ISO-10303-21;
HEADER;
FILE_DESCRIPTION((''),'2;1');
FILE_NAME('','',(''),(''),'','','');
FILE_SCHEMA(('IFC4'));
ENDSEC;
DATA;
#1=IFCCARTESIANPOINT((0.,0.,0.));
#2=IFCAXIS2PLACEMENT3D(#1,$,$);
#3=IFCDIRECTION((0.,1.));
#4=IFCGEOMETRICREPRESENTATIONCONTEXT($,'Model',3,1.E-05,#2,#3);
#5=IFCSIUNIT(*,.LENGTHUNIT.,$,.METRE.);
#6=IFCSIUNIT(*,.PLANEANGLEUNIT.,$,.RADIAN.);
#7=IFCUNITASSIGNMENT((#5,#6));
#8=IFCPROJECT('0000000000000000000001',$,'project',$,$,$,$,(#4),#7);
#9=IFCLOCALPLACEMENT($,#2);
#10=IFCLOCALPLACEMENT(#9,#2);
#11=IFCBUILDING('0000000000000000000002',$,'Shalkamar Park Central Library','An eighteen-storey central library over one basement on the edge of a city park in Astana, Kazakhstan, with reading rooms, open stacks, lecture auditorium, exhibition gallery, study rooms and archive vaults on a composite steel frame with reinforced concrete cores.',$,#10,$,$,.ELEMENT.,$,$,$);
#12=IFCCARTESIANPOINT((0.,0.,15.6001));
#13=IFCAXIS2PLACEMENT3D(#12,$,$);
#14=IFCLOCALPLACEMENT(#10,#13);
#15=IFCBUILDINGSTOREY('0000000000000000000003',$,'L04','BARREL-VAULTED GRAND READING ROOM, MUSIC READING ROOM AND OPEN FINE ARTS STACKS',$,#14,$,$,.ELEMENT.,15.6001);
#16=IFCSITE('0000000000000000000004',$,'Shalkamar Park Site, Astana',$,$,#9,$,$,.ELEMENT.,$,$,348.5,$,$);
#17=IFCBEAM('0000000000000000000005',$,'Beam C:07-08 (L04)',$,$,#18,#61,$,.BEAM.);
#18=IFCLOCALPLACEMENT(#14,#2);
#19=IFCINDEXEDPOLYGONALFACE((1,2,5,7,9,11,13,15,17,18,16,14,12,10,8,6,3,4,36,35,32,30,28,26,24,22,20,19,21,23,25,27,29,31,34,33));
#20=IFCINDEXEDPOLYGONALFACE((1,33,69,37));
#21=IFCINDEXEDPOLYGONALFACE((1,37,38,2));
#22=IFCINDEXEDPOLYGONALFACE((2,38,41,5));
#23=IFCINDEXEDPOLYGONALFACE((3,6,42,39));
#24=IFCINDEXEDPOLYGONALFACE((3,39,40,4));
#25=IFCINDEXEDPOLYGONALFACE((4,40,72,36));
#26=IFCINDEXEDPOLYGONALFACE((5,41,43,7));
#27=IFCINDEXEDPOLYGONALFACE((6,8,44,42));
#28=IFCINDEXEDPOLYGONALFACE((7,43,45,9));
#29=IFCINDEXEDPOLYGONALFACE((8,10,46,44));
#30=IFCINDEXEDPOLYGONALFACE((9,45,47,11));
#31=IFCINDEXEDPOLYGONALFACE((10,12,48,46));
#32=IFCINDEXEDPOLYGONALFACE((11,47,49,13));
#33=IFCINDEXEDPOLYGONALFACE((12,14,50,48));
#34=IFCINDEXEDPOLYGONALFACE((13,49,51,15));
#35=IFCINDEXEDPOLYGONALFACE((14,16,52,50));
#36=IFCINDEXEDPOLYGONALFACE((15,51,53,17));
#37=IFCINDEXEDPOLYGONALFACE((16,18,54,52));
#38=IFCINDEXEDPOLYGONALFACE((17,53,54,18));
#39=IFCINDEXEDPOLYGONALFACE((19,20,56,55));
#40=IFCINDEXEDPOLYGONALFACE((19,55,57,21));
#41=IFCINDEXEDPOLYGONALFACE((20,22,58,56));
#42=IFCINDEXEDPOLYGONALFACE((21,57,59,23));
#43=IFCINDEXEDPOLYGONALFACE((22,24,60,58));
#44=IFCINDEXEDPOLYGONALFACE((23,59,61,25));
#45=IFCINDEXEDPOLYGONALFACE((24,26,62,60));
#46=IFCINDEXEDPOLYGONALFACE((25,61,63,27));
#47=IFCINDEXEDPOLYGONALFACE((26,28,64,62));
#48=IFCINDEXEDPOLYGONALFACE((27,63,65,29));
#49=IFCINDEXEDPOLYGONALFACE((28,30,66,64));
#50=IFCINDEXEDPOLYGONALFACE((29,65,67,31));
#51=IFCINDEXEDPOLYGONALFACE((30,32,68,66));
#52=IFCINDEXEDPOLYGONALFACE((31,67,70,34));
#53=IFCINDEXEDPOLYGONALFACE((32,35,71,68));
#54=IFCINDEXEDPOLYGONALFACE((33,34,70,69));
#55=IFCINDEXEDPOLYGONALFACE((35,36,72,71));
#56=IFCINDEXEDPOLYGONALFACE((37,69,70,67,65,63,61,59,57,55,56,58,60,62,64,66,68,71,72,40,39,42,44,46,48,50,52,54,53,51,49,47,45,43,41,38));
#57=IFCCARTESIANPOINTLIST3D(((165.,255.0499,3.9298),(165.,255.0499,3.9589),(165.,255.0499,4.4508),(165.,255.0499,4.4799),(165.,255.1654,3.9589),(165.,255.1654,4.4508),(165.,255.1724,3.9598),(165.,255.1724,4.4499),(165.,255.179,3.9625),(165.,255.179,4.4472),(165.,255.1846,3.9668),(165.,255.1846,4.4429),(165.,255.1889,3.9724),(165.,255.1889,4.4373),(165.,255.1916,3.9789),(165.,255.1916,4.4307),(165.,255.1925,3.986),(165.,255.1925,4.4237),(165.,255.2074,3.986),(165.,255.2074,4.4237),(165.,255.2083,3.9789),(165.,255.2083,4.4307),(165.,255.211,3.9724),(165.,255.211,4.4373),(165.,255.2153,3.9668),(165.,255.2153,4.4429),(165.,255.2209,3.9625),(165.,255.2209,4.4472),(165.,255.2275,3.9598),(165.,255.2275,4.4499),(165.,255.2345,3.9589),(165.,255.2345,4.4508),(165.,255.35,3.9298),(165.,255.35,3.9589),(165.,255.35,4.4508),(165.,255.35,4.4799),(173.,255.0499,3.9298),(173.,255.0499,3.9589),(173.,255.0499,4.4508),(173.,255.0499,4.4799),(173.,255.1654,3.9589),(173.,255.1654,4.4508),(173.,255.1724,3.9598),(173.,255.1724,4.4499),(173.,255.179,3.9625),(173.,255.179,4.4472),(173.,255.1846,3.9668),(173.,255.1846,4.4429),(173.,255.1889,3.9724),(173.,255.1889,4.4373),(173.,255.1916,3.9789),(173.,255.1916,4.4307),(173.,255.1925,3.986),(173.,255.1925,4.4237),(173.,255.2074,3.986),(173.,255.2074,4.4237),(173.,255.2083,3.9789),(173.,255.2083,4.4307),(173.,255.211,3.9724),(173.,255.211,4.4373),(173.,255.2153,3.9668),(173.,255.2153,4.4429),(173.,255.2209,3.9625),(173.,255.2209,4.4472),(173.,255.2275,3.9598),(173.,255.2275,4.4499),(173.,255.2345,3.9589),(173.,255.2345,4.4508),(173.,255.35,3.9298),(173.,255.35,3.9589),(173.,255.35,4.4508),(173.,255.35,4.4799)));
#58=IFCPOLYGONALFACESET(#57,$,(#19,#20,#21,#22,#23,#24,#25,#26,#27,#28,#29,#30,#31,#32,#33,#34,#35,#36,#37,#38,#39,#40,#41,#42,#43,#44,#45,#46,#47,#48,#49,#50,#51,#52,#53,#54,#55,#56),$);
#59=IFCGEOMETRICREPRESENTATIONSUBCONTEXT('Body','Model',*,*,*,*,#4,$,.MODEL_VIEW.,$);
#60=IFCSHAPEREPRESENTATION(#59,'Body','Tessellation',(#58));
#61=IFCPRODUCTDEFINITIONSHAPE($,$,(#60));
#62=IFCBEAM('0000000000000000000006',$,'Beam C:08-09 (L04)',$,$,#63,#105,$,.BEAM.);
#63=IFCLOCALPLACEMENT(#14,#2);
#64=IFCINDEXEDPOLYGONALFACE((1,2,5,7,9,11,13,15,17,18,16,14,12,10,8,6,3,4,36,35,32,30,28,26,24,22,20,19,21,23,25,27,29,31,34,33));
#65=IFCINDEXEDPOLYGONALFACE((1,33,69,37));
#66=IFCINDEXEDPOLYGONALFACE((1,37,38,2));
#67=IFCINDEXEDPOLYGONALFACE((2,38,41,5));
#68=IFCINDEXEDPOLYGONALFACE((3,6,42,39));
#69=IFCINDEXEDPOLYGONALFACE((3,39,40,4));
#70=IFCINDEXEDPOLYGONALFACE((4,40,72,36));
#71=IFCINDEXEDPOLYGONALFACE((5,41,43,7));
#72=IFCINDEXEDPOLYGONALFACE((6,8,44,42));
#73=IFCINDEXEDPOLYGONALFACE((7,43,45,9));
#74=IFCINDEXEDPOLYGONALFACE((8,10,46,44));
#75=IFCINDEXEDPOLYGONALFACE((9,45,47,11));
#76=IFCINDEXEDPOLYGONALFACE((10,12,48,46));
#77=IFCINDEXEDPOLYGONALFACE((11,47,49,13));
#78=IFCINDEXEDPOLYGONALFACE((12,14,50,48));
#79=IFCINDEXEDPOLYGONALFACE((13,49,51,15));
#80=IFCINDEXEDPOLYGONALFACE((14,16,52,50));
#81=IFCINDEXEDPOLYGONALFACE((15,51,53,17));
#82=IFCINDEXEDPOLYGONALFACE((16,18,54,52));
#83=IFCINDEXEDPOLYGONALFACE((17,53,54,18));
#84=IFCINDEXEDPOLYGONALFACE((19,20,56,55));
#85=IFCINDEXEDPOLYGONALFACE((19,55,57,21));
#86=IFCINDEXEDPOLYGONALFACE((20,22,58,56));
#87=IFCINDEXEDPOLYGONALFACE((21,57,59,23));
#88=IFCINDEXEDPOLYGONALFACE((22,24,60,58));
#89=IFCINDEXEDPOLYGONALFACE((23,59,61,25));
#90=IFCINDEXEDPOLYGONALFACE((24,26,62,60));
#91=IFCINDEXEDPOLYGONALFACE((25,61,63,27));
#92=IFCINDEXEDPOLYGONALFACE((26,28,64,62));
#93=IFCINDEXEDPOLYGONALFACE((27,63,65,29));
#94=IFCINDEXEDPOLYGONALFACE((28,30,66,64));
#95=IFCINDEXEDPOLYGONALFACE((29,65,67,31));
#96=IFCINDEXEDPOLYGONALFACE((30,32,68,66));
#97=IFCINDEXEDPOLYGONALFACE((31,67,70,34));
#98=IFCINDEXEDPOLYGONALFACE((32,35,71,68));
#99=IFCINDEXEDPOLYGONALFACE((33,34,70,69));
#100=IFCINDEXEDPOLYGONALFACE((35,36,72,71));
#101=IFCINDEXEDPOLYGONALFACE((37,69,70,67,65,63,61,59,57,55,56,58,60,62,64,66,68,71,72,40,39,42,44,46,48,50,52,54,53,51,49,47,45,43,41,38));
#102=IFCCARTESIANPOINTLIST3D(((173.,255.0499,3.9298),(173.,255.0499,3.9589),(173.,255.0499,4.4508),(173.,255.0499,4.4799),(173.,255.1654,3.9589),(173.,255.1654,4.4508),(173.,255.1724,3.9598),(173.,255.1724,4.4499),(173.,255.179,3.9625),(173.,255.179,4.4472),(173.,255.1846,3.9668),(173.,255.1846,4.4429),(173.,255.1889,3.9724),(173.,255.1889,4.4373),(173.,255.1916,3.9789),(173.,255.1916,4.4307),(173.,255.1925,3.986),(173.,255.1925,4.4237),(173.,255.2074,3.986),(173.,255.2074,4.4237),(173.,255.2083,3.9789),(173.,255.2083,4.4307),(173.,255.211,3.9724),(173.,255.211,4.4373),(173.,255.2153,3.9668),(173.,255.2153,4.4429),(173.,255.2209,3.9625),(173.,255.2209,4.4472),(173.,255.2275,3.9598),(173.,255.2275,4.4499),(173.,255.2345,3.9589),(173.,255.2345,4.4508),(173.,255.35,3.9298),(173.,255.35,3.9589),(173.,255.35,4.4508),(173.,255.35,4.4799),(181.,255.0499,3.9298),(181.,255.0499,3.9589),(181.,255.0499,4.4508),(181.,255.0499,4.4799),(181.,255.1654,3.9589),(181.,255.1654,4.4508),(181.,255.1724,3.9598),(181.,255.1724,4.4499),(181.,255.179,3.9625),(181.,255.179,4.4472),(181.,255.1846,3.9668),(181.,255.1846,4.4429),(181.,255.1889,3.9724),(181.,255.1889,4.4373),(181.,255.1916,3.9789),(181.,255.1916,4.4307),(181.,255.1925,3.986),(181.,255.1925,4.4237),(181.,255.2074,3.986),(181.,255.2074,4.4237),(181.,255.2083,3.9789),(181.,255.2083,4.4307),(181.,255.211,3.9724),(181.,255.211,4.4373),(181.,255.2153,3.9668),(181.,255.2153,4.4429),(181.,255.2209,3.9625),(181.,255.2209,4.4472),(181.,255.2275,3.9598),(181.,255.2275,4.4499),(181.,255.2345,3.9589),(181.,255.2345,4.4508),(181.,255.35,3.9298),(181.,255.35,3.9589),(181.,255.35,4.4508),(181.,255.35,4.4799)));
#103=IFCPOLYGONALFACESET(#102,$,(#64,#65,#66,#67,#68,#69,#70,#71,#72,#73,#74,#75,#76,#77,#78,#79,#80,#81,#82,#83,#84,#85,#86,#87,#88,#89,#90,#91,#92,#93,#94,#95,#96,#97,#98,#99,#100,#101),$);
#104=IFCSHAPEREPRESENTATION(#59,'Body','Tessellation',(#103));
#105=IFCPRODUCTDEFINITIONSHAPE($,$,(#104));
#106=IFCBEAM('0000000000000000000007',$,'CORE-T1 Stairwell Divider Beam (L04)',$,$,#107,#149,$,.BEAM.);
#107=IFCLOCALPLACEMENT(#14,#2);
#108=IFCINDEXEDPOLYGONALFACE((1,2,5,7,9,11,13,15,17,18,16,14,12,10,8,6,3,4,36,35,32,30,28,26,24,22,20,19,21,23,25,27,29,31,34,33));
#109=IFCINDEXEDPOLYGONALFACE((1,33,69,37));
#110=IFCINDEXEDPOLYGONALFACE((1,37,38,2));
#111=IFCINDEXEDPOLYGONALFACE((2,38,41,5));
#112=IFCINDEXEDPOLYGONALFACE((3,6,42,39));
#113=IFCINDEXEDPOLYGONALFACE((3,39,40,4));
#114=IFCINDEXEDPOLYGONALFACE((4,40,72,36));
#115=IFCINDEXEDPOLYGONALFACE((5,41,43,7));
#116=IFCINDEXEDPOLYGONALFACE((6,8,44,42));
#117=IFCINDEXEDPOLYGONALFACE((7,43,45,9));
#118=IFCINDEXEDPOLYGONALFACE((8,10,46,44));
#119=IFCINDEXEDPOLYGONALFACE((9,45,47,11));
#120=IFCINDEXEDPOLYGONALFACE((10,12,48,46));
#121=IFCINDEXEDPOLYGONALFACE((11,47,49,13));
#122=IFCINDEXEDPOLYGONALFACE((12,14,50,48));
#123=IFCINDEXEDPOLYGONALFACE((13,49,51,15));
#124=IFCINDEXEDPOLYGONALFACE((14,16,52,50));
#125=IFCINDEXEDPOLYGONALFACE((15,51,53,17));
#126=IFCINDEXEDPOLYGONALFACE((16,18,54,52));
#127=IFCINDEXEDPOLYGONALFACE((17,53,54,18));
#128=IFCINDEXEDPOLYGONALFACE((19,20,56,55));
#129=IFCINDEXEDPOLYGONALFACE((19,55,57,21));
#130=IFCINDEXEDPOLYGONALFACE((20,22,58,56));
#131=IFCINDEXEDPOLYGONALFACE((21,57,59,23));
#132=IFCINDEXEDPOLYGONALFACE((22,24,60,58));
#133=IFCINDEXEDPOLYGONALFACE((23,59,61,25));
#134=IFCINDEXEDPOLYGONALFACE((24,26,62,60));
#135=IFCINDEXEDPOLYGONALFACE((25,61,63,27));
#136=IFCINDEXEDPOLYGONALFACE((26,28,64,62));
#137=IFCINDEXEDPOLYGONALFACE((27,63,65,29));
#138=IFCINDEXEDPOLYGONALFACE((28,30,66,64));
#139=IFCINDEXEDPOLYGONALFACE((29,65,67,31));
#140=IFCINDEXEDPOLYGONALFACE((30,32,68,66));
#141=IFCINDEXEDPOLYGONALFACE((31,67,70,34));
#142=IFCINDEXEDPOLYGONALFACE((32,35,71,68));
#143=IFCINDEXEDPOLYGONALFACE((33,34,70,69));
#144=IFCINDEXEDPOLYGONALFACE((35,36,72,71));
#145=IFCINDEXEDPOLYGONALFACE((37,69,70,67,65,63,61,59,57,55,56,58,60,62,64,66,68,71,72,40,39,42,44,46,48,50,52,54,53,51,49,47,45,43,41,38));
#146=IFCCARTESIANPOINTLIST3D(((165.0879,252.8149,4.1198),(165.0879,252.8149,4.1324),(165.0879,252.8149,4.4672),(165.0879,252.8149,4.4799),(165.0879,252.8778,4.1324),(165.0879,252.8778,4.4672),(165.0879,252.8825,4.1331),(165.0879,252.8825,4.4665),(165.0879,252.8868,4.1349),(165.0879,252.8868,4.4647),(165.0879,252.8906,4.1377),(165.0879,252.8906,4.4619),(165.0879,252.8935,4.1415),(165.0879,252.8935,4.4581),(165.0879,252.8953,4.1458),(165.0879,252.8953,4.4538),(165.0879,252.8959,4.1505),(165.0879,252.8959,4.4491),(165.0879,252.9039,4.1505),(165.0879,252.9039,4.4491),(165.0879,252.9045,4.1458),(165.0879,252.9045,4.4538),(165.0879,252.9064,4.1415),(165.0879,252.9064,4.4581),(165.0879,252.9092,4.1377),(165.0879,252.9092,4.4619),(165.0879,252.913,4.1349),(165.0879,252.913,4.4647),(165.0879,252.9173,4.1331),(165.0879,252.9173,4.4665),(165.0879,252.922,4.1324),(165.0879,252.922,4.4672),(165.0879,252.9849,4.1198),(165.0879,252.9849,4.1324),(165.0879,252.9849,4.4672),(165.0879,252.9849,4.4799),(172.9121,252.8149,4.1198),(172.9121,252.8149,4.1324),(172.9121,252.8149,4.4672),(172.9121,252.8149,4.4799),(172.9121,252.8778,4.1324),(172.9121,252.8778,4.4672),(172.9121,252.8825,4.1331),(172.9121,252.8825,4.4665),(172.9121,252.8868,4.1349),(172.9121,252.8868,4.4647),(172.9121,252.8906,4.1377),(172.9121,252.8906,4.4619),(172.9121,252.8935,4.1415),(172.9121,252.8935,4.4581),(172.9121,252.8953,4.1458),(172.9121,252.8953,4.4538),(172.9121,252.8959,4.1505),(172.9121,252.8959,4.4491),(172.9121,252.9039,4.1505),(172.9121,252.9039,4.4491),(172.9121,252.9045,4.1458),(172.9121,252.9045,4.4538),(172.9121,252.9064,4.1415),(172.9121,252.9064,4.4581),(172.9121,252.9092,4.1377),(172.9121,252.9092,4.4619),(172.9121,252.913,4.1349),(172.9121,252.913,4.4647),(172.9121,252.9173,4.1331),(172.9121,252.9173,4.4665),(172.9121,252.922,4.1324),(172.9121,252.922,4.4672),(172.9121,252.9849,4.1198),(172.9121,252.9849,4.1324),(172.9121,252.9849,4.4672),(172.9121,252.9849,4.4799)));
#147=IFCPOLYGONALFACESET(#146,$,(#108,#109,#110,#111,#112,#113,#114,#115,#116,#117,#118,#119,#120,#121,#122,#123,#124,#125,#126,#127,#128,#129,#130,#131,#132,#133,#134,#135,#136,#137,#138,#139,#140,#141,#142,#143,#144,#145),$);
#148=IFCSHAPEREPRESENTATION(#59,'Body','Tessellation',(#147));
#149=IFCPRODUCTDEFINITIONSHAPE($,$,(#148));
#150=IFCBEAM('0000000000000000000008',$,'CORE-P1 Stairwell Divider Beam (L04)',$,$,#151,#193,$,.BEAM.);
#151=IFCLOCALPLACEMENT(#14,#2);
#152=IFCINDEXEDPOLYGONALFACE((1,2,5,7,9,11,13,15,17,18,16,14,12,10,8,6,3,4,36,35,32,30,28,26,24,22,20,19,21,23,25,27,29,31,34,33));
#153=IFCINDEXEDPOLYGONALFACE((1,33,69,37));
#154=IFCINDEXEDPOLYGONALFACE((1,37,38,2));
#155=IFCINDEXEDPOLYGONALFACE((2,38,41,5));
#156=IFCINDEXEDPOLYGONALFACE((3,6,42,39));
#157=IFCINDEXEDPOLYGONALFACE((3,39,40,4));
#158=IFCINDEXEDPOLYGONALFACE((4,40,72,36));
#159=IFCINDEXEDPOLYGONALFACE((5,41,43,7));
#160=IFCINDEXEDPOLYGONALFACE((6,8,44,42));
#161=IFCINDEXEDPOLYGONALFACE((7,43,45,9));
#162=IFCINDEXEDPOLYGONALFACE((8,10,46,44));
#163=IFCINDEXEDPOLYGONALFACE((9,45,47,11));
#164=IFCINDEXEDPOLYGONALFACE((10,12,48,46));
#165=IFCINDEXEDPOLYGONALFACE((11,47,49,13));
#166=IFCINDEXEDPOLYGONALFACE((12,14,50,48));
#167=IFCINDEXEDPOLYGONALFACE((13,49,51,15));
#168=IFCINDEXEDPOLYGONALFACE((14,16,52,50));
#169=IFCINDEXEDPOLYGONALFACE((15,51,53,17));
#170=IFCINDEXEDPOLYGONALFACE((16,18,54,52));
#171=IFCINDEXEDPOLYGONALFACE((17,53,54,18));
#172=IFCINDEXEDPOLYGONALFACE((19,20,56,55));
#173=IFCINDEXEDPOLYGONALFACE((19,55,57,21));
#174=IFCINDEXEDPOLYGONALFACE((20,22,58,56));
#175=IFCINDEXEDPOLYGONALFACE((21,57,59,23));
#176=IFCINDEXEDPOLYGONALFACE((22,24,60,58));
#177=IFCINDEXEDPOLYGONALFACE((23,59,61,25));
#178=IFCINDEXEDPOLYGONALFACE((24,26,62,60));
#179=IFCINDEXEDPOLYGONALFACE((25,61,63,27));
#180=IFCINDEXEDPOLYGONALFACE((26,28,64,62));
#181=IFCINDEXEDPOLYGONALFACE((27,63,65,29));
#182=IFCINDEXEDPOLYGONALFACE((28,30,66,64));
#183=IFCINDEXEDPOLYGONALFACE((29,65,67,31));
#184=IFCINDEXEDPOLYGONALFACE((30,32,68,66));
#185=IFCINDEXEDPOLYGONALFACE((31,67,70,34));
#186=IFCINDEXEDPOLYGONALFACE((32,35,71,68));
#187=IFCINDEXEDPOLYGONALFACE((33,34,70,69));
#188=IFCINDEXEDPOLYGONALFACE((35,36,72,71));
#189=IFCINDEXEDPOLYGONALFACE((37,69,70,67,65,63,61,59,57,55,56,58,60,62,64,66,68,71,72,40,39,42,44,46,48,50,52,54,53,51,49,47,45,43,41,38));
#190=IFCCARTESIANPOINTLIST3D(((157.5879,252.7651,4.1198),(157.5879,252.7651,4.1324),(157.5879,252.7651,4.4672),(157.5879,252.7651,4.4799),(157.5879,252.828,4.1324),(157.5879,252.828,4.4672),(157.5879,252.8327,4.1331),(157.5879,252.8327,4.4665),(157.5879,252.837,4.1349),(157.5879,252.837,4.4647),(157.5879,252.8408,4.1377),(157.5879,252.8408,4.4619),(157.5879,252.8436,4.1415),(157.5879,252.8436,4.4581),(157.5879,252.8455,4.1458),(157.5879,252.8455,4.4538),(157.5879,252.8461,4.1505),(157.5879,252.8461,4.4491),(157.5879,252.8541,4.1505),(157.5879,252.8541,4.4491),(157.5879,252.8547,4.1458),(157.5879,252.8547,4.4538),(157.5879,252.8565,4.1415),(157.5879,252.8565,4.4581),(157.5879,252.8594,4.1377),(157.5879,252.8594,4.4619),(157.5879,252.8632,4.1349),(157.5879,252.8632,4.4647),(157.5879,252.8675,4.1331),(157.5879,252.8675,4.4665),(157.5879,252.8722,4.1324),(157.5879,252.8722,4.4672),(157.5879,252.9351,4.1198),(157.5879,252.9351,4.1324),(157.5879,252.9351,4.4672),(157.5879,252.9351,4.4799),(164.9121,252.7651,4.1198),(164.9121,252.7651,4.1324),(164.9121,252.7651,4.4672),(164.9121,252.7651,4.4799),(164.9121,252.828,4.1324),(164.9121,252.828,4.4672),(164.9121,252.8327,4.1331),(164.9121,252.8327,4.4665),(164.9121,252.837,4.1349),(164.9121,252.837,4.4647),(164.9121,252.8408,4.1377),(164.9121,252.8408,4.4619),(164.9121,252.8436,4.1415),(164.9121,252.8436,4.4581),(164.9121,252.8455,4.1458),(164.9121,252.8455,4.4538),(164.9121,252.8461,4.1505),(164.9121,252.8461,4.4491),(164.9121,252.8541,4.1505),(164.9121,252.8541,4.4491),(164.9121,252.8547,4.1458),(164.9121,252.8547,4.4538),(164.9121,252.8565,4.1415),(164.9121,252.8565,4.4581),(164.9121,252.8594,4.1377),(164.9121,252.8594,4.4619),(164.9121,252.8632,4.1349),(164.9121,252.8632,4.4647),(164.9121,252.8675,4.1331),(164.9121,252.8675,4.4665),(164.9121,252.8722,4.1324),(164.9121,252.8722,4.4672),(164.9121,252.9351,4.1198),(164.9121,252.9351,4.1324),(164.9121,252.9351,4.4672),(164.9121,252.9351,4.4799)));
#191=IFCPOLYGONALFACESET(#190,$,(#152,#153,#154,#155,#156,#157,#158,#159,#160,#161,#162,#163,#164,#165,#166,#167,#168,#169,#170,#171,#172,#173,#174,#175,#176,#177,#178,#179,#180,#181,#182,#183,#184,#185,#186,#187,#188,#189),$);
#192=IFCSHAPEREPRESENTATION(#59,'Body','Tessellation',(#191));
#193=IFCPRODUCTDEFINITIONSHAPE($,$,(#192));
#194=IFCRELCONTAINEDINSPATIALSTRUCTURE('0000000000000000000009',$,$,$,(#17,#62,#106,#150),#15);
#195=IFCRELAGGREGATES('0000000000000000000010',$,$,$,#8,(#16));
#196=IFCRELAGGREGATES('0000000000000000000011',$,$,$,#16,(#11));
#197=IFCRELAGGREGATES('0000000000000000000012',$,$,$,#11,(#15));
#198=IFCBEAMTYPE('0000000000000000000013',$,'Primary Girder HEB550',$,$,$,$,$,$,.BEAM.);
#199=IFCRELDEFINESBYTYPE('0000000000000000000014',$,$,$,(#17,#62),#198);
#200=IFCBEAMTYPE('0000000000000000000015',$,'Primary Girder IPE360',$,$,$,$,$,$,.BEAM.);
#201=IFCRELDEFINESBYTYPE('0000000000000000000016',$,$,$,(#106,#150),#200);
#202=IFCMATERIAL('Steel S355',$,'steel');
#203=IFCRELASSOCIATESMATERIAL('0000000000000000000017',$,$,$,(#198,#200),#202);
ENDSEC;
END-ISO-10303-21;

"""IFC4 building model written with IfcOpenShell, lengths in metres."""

from ifc_helpers import new_model, si_unit, direction, frame, origin, origin_2d, place, context, subcontext, project, spatial, i_section, extrude, material, material_profile, profile_set, type_object, element, save


model = new_model("IFC4")

# Units and contexts
model_context = context("Model", 3, precision=1e-05, world=origin(), true_north=direction((0.0, 1.0)))
body_context = subcontext(model_context, "Body", "Model", "MODEL_VIEW")
ifc_project = project(units=[si_unit("LENGTHUNIT", "METRE"), si_unit("PLANEANGLEUNIT", "RADIAN")], contexts=[model_context])

# Site, building, storey
site_placement = place(None, origin())
site = spatial("IfcSite", under=ifc_project, at=site_placement, Name="Shalkamar Park Site, Astana", CompositionType="ELEMENT", RefElevation=348.5)
building_placement = place(site_placement, origin())
building = spatial("IfcBuilding", under=site, at=building_placement, Name="Shalkamar Park Central Library", Description="An eighteen-storey central library over one basement on the edge of a city park in Astana, Kazakhstan, with reading rooms, open stacks, lecture auditorium, exhibition gallery, study rooms and archive vaults on a composite steel frame with reinforced concrete cores.", CompositionType="ELEMENT")
storey_placement = place(building_placement, frame((0.0, 0.0, 15.6001)))
storey = spatial("IfcBuildingStorey", under=building, at=storey_placement, Name="L04", Description="BARREL-VAULTED GRAND READING ROOM, MUSIC READING ROOM AND OPEN FINE ARTS STACKS", CompositionType="ELEMENT", Elevation=15.6001)

# Shared definitions
ifc_material_1 = material(Name="Steel S355", Category="steel")

# Beams
ifc_material_profile_1 = material_profile(ifc_material_1, i_section(OverallWidth=0.3, OverallDepth=0.55, WebThickness=0.0149, FlangeThickness=0.0291, FilletRadius=0.0271, at=origin_2d()), Name="HEB 550")
ifc_profile_set_1 = profile_set([ifc_material_profile_1], Name="Steel S355")
beam_type_1 = type_object("IfcBeamType", Name="Primary Girder HEB550", PredefinedType="BEAM", material=ifc_profile_set_1)
for number, where, z_axis, x_axis, name in (
    (1, (165.0, 255.2, 4.2048), (1.0, 0.0, 0.0), (0.0, 1.0, 0.0), "Beam C:07-08 (L04)"),
    (2, (173.0, 255.2, 4.2048), (1.0, 0.0, 0.0), (0.0, 1.0, 0.0), "Beam C:08-09 (L04)"),
):
    element("IfcBeam", number, at=place(storey_placement, frame(where, z_axis=z_axis, x_axis=x_axis)), inside=storey, type_object=beam_type_1, Name=name, PredefinedType="BEAM", context=body_context, shape_type="SweptSolid", body=[
        extrude(i_section(OverallWidth=0.3, OverallDepth=0.55, WebThickness=0.0149, FlangeThickness=0.0291, FilletRadius=0.0271, at=origin_2d()), origin(), (0.0, 0.0, 1.0), 8.0),
    ])
ifc_material_profile_2 = material_profile(ifc_material_1, i_section(OverallWidth=0.1699, OverallDepth=0.3601, WebThickness=0.0081, FlangeThickness=0.0127, FilletRadius=0.0181, at=origin_2d()), Name="IPE 360")
ifc_profile_set_2 = profile_set([ifc_material_profile_2], Name="Steel S355")
beam_type_2 = type_object("IfcBeamType", Name="Primary Girder IPE360", PredefinedType="BEAM", material=ifc_profile_set_2)
beam_1_placement = place(storey_placement, frame((165.0879, 252.8999, 4.2998), z_axis=(1.0, 0.0, 0.0), x_axis=(0.0, 1.0, 0.0)))
element("IfcBeam", 3, at=beam_1_placement, inside=storey, type_object=beam_type_2, Name="CORE-T1 Stairwell Divider Beam (L04)", PredefinedType="BEAM", context=body_context, shape_type="SweptSolid", body=[
    extrude(i_section(OverallWidth=0.1699, OverallDepth=0.3601, WebThickness=0.0081, FlangeThickness=0.0127, FilletRadius=0.0181, at=origin_2d()), origin(), (0.0, 0.0, 1.0), 7.8242),
])
beam_2_placement = place(storey_placement, frame((157.5879, 252.8501, 4.2998), z_axis=(1.0, 0.0, 0.0), x_axis=(0.0, 1.0, 0.0)))
element("IfcBeam", 4, at=beam_2_placement, inside=storey, type_object=beam_type_2, Name="CORE-P1 Stairwell Divider Beam (L04)", PredefinedType="BEAM", context=body_context, shape_type="SweptSolid", body=[
    extrude(i_section(OverallWidth=0.1699, OverallDepth=0.3601, WebThickness=0.0081, FlangeThickness=0.0127, FilletRadius=0.0181, at=origin_2d()), origin(), (0.0, 0.0, 1.0), 7.3242),
])

save(model, "model.ifc")
